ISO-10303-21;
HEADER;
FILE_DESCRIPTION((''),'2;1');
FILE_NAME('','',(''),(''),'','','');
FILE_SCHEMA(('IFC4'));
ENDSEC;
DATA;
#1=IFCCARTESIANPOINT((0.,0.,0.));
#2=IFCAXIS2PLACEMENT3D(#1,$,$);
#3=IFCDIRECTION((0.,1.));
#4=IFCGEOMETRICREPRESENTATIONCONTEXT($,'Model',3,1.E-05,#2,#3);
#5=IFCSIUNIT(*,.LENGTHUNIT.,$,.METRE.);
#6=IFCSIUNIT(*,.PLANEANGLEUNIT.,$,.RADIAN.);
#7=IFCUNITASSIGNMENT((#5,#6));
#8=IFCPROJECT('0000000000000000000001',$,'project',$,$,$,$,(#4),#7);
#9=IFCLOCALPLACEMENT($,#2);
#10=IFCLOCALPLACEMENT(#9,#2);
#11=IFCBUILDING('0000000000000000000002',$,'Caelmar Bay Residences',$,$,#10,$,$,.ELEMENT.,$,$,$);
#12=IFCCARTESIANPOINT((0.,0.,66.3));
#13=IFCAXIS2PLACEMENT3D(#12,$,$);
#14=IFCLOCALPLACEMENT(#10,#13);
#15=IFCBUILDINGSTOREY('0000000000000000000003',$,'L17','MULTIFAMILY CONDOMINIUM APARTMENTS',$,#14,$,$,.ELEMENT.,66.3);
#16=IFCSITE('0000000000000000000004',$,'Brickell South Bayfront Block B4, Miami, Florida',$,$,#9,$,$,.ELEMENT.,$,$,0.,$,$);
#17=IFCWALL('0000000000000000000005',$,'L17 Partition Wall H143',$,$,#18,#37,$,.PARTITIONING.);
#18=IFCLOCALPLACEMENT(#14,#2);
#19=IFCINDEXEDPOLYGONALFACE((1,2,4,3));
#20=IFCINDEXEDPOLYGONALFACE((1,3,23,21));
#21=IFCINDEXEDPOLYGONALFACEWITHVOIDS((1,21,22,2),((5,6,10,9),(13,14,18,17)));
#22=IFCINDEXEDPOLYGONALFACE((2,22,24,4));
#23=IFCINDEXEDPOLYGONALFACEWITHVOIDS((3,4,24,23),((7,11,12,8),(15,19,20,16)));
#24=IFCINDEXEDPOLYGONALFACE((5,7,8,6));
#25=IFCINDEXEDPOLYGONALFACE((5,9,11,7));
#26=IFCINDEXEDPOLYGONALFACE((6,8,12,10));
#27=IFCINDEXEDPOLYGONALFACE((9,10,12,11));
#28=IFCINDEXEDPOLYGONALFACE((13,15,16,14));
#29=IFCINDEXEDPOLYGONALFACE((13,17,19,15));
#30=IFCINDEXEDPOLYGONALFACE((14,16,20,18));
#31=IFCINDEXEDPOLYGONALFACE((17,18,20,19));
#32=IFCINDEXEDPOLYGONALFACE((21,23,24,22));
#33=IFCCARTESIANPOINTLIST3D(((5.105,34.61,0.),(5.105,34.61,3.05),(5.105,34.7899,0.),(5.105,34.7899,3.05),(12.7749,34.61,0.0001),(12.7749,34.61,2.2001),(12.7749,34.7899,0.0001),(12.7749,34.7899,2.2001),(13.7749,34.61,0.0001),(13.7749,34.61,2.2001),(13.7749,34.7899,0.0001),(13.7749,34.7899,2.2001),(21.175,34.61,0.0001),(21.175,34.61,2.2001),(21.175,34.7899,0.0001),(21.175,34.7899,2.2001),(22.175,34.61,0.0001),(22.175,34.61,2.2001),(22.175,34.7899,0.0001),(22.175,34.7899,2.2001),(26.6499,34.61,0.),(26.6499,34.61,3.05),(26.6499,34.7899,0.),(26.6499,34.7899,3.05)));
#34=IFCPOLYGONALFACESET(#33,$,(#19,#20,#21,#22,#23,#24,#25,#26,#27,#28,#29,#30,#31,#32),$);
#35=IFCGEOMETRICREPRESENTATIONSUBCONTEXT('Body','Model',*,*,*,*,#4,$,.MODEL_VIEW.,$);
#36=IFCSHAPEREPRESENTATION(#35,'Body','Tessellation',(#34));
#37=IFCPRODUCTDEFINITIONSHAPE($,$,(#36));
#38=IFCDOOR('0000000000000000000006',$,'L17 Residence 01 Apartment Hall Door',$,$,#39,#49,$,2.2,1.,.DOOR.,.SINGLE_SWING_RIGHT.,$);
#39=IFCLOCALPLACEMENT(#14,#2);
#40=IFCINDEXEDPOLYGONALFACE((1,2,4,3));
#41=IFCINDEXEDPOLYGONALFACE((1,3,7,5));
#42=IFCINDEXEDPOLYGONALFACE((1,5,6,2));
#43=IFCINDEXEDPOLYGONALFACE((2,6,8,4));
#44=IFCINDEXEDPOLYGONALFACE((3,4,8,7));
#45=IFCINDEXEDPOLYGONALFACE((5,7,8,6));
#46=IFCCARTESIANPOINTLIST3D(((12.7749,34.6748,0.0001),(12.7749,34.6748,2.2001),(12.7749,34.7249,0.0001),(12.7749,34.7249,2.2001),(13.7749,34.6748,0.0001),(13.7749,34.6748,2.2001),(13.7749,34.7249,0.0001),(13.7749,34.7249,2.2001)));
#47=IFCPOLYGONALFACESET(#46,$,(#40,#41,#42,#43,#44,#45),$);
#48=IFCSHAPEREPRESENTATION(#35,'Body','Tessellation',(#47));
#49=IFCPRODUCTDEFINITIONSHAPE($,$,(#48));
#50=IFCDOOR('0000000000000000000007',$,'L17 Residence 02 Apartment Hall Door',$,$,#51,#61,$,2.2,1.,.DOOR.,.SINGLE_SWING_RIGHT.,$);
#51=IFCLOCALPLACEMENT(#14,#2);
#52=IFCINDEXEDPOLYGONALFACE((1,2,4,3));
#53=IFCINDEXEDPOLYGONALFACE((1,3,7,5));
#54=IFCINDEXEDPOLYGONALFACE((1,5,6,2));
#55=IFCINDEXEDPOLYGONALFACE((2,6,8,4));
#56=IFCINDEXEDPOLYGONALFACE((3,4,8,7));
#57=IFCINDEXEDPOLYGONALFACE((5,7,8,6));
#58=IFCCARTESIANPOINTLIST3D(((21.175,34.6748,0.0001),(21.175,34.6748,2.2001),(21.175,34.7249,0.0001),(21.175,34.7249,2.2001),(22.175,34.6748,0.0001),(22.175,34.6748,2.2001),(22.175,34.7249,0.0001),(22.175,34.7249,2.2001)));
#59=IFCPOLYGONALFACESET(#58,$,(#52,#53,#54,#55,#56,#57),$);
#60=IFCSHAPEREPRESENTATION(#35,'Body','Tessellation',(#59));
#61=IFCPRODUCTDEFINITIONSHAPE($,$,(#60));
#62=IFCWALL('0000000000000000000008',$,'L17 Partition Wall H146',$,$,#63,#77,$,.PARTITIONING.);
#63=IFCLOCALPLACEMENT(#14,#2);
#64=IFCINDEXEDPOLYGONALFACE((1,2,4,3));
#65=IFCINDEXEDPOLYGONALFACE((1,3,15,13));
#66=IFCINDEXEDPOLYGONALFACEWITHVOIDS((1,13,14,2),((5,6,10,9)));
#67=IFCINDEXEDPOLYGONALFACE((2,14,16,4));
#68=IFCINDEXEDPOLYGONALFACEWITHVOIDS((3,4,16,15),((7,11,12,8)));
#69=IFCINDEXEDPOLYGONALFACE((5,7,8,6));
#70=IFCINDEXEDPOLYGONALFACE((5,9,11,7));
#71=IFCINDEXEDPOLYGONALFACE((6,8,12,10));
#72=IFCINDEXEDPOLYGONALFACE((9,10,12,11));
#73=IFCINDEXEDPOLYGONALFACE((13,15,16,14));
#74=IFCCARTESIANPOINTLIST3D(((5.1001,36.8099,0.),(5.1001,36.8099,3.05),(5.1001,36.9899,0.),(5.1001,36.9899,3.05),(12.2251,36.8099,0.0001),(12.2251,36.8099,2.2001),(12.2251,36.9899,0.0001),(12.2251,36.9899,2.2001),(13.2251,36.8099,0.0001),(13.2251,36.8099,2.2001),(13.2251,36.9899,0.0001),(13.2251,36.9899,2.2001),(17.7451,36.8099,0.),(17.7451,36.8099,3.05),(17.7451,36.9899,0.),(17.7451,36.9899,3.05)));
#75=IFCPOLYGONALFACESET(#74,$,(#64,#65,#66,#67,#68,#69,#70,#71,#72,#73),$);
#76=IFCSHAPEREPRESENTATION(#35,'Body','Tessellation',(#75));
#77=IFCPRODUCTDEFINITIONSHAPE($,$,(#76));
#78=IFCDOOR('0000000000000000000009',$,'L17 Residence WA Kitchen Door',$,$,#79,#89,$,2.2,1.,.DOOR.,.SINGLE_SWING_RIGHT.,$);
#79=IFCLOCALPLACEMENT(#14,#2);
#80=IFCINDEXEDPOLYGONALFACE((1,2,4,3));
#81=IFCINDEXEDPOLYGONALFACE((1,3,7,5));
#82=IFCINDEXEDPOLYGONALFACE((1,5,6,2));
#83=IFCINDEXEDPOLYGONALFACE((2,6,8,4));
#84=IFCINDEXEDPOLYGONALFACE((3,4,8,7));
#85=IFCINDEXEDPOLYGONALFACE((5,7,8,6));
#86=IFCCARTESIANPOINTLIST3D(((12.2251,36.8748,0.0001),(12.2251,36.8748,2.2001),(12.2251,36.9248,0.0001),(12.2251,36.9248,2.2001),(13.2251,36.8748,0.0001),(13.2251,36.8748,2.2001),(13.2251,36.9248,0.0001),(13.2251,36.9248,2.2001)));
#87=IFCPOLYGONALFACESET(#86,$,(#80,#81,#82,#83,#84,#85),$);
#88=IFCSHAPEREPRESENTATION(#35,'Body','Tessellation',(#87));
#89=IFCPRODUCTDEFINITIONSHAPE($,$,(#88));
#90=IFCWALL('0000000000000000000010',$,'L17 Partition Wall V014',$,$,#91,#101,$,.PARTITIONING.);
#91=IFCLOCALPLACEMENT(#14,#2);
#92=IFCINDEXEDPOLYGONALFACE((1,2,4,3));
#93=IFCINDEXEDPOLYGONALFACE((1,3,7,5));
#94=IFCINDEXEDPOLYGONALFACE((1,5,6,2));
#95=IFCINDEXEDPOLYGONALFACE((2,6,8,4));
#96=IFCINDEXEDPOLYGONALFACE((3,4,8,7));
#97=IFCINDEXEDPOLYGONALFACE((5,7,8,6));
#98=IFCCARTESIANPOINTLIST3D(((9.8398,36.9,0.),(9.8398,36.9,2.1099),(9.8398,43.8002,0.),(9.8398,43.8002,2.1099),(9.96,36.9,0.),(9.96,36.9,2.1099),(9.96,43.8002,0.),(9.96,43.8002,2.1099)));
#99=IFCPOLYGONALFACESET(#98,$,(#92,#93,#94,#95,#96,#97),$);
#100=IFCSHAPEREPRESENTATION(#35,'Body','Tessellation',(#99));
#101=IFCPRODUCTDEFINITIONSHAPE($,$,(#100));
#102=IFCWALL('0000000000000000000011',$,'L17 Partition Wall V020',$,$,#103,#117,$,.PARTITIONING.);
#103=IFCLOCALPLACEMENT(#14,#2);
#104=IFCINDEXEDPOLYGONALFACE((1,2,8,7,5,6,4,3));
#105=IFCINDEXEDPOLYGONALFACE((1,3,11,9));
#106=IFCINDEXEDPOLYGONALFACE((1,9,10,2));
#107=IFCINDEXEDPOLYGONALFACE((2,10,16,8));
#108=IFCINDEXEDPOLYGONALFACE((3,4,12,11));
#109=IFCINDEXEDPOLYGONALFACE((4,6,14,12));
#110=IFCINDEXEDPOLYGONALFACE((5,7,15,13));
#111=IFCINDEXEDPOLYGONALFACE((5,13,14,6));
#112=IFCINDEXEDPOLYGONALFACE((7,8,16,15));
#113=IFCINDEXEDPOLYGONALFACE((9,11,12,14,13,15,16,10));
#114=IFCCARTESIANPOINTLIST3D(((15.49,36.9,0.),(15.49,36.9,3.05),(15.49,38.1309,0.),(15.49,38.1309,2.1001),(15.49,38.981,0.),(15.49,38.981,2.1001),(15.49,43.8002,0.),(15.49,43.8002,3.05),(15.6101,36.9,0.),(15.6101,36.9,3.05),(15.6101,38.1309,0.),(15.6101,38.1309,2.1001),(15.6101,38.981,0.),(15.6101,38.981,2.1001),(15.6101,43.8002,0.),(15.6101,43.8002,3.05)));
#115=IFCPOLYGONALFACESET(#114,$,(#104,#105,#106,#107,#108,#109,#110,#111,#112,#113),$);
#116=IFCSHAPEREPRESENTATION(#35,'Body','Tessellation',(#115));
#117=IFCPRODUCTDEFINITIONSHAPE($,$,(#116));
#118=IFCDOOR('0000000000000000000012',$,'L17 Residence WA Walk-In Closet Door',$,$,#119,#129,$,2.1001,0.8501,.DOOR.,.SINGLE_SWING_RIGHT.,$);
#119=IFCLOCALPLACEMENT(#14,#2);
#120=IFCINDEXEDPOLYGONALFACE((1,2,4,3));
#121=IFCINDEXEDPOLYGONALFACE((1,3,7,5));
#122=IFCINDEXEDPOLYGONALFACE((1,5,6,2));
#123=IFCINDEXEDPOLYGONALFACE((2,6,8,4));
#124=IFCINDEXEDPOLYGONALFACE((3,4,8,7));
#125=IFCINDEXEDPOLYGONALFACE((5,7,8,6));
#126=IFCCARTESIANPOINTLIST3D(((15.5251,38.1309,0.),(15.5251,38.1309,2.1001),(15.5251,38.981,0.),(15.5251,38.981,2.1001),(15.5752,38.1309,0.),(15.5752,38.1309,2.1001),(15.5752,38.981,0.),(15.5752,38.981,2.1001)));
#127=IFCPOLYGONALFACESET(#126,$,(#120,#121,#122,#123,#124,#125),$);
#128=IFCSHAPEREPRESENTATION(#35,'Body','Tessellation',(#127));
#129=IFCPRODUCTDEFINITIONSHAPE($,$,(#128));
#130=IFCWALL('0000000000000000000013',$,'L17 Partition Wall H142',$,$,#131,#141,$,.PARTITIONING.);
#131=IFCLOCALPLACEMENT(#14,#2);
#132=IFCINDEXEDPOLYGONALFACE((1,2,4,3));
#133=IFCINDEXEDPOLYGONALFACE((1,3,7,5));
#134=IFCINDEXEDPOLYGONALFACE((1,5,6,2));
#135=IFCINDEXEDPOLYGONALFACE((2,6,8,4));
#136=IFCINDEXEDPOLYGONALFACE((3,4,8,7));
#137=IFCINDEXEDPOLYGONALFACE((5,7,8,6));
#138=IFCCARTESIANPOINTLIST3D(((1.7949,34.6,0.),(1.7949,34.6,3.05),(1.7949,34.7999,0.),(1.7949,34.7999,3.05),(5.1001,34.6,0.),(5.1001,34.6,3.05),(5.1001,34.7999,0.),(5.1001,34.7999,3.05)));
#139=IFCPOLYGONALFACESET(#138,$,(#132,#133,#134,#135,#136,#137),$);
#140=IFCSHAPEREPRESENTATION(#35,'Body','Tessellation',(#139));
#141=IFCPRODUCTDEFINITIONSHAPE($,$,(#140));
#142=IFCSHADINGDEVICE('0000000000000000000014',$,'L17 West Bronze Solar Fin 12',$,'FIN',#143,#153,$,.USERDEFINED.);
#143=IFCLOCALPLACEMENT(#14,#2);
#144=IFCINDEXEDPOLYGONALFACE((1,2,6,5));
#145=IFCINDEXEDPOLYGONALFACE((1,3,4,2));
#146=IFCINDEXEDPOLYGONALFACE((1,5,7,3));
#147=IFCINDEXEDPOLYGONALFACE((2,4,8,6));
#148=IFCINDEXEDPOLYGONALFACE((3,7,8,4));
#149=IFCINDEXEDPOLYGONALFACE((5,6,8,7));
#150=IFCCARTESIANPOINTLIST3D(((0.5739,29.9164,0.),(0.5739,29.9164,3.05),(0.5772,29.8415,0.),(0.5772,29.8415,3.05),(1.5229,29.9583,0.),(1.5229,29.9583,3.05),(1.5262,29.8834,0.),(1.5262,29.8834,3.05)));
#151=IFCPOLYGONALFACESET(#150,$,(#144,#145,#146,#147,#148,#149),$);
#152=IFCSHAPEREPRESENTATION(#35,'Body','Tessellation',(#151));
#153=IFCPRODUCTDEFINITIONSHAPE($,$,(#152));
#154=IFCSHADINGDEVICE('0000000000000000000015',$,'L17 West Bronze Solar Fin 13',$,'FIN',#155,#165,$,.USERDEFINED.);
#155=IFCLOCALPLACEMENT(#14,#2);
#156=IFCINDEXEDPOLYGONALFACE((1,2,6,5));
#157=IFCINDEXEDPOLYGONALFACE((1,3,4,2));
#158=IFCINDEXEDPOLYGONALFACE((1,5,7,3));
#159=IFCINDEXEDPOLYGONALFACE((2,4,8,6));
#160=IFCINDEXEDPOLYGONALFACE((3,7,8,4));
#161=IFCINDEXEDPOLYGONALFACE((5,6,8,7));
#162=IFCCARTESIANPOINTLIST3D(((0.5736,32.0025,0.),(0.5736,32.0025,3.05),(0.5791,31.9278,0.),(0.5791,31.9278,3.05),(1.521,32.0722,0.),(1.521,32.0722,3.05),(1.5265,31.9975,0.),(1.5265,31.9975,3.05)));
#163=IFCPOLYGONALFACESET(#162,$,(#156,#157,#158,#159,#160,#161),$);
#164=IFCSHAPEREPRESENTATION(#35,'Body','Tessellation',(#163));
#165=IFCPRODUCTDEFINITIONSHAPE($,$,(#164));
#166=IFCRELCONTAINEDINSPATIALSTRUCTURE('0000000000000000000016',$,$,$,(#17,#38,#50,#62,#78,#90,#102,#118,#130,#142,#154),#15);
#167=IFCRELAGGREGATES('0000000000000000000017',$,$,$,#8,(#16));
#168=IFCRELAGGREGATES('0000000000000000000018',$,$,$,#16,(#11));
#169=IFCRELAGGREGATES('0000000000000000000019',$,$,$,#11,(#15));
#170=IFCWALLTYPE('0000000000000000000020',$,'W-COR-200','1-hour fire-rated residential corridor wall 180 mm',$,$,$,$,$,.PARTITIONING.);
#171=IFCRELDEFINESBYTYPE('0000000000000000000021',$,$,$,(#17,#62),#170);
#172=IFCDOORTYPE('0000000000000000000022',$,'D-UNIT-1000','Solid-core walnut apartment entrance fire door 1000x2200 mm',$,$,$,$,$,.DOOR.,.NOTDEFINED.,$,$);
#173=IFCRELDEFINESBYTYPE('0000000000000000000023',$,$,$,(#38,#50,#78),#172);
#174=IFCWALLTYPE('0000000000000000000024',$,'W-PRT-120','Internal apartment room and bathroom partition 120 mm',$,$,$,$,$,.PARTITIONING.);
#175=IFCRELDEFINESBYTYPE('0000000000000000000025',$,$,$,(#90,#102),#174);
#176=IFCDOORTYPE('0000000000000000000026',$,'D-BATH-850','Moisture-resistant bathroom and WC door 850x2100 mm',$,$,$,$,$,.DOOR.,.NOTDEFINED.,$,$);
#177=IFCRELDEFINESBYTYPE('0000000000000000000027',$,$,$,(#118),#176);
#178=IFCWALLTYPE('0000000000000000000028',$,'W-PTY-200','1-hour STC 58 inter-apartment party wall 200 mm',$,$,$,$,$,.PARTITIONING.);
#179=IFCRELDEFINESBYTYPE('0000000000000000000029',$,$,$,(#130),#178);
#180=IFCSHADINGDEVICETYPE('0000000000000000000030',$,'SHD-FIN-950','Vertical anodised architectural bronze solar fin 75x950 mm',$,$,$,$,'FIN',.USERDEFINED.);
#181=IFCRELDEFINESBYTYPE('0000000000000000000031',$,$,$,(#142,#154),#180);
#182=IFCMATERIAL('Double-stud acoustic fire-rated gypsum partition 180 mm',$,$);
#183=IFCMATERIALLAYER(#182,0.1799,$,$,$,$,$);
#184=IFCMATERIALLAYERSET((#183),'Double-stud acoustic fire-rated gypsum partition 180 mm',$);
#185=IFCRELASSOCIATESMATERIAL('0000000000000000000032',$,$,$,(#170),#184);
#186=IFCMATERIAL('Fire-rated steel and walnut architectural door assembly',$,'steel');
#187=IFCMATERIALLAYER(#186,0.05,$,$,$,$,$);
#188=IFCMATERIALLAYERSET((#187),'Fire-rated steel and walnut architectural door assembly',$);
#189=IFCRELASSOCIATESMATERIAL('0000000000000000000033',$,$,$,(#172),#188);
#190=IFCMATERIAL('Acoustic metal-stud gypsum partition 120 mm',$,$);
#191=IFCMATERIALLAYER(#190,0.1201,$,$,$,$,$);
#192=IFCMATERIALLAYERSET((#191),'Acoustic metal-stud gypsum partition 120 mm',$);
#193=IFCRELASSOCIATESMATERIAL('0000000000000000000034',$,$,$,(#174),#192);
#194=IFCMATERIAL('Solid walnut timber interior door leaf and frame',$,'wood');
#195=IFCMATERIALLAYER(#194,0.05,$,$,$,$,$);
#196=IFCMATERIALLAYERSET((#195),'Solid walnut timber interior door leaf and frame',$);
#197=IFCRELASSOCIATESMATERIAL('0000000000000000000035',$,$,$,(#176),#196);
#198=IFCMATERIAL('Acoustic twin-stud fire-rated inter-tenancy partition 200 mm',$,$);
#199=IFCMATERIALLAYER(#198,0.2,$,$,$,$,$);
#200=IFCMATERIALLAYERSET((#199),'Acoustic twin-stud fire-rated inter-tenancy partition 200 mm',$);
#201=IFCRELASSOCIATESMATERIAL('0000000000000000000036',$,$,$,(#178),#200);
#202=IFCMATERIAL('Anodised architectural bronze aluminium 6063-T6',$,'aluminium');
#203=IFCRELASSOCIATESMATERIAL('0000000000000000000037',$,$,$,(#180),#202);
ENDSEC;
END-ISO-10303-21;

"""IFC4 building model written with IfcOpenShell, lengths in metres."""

from ifc_helpers import new_model, si_unit, direction, frame, frame_2d, origin, origin_2d, place, context, subcontext, project, spatial, rectangle, extrude, material, layer, layer_set, material_profile, profile_set, type_object, element, fill, save


model = new_model("IFC4")

# Units and contexts
model_context = context("Model", 3, precision=1e-05, world=origin(), true_north=direction((0.0, 1.0)))
body_context = subcontext(model_context, "Body", "Model", "MODEL_VIEW")
ifc_project = project(units=[si_unit("LENGTHUNIT", "METRE"), si_unit("PLANEANGLEUNIT", "RADIAN")], contexts=[model_context])

# Site, building, storey
site_placement = place(None, origin())
site = spatial("IfcSite", under=ifc_project, at=site_placement, Name="Brickell South Bayfront Block B4, Miami, Florida", CompositionType="ELEMENT", RefElevation=0.0)
building_placement = place(site_placement, origin())
building = spatial("IfcBuilding", under=site, at=building_placement, Name="Caelmar Bay Residences", CompositionType="ELEMENT")
storey_placement = place(building_placement, frame((0.0, 0.0, 66.3)))
storey = spatial("IfcBuildingStorey", under=building, at=storey_placement, Name="L17", Description="MULTIFAMILY CONDOMINIUM APARTMENTS", CompositionType="ELEMENT", Elevation=66.3)

# Shared definitions
ifc_material_1 = material(Name="Fire-rated steel and walnut architectural door assembly", Category="steel")

# Shared definitions
ifc_material_2 = material(Name="Double-stud acoustic fire-rated gypsum partition 180 mm")
ifc_layer_1 = layer(ifc_material_2, 0.1799)
ifc_layer_set_1 = layer_set([ifc_layer_1], Name="Double-stud acoustic fire-rated gypsum partition 180 mm")
wall_type_1 = type_object("IfcWallType", Name="W-COR-200", Description="1-hour fire-rated residential corridor wall 180 mm", PredefinedType="PARTITIONING", material=ifc_layer_set_1)

# Wall, openings, doors
wall_1_placement = place(storey_placement, frame((5.105, 34.7, 0.0), z_axis=(0.0, 0.0, 1.0), x_axis=(1.0, 0.0, 0.0)))
wall_1 = element("IfcWall", 1, at=wall_1_placement, inside=storey, type_object=wall_type_1, Name="L17 Partition Wall H143", PredefinedType="PARTITIONING", context=body_context, shape_type="SweptSolid", body=[
    extrude(rectangle(XDim=21.5449, YDim=0.1799, at=frame_2d((10.7725, 0.0))), origin(), (0.0, 0.0, 1.0), 3.05),
])
opening_1_placement = place(wall_1_placement, frame((7.6699, 0.0, 0.0)))
opening_1 = element("IfcOpeningElement", 2, at=opening_1_placement, cuts=wall_1, PredefinedType="OPENING", context=body_context, shape_type="SweptSolid", body=[
    extrude(rectangle(XDim=1.0, YDim=2.2, at=frame_2d((0.5, 1.1001))), frame((0.0, 0.0999, 0.0), z_axis=(0.0, -1.0, 0.0), x_axis=(1.0, 0.0, 0.0)), (0.0, 0.0, 1.0), 0.2),
])
opening_2_placement = place(wall_1_placement, frame((16.0701, 0.0, 0.0)))
opening_2 = element("IfcOpeningElement", 3, at=opening_2_placement, cuts=wall_1, PredefinedType="OPENING", context=body_context, shape_type="SweptSolid", body=[
    extrude(rectangle(XDim=1.0, YDim=2.2, at=frame_2d((0.5, 1.1001))), frame((0.0, 0.0999, 0.0), z_axis=(0.0, -1.0, 0.0), x_axis=(1.0, 0.0, 0.0)), (0.0, 0.0, 1.0), 0.2),
])
ifc_layer_2 = layer(ifc_material_1, 0.05)
ifc_layer_set_2 = layer_set([ifc_layer_2], Name="Fire-rated steel and walnut architectural door assembly")
door_type_1 = type_object("IfcDoorType", Name="D-UNIT-1000", Description="Solid-core walnut apartment entrance fire door 1000x2200 mm", OperationType="NOTDEFINED", PredefinedType="DOOR", material=ifc_layer_set_2)
door_1_placement = place(opening_1_placement, origin())
door_1 = element("IfcDoor", 4, at=door_1_placement, inside=storey, type_object=door_type_1, Name="L17 Residence 01 Apartment Hall Door", OperationType="SINGLE_SWING_RIGHT", OverallHeight=2.2, OverallWidth=1.0, PredefinedType="DOOR", context=body_context, shape_type="SweptSolid", body=[
    extrude(rectangle(XDim=1.0, YDim=2.2, at=frame_2d((0.5, 1.1001))), frame((0.0, 0.0249, 0.0), z_axis=(0.0, -1.0, 0.0), x_axis=(1.0, 0.0, 0.0)), (0.0, 0.0, 1.0), 0.05),
])
fill(opening_1, door_1)
door_2_placement = place(opening_2_placement, origin())
door_2 = element("IfcDoor", 5, at=door_2_placement, inside=storey, type_object=door_type_1, Name="L17 Residence 02 Apartment Hall Door", OperationType="SINGLE_SWING_RIGHT", OverallHeight=2.2, OverallWidth=1.0, PredefinedType="DOOR", context=body_context, shape_type="SweptSolid", body=[
    extrude(rectangle(XDim=1.0, YDim=2.2, at=frame_2d((0.5, 1.1001))), frame((0.0, 0.0249, 0.0), z_axis=(0.0, -1.0, 0.0), x_axis=(1.0, 0.0, 0.0)), (0.0, 0.0, 1.0), 0.05),
])
fill(opening_2, door_2)

# Wall, opening, door
wall_2_placement = place(storey_placement, frame((5.1001, 36.8999, 0.0), z_axis=(0.0, 0.0, 1.0), x_axis=(1.0, 0.0, 0.0)))
wall_2 = element("IfcWall", 6, at=wall_2_placement, inside=storey, type_object=wall_type_1, Name="L17 Partition Wall H146", PredefinedType="PARTITIONING", context=body_context, shape_type="SweptSolid", body=[
    extrude(rectangle(XDim=12.645, YDim=0.1799, at=frame_2d((6.3225, 0.0))), origin(), (0.0, 0.0, 1.0), 3.05),
])
opening_3_placement = place(wall_2_placement, frame((7.125, 0.0, 0.0)))
opening_3 = element("IfcOpeningElement", 7, at=opening_3_placement, cuts=wall_2, PredefinedType="OPENING", context=body_context, shape_type="SweptSolid", body=[
    extrude(rectangle(XDim=1.0, YDim=2.2, at=frame_2d((0.5, 1.1001))), frame((0.0, 0.0999, 0.0), z_axis=(0.0, -1.0, 0.0), x_axis=(1.0, 0.0, 0.0)), (0.0, 0.0, 1.0), 0.2),
])
door_3_placement = place(opening_3_placement, origin())
door_3 = element("IfcDoor", 8, at=door_3_placement, inside=storey, type_object=door_type_1, Name="L17 Residence WA Kitchen Door", OperationType="SINGLE_SWING_RIGHT", OverallHeight=2.2, OverallWidth=1.0, PredefinedType="DOOR", context=body_context, shape_type="SweptSolid", body=[
    extrude(rectangle(XDim=1.0, YDim=2.2, at=frame_2d((0.5, 1.1001))), frame((0.0, 0.0249, 0.0), z_axis=(0.0, -1.0, 0.0), x_axis=(1.0, 0.0, 0.0)), (0.0, 0.0, 1.0), 0.05),
])
fill(opening_3, door_3)

# Wall
ifc_material_3 = material(Name="Acoustic metal-stud gypsum partition 120 mm")
ifc_layer_3 = layer(ifc_material_3, 0.1201)
ifc_layer_set_3 = layer_set([ifc_layer_3], Name="Acoustic metal-stud gypsum partition 120 mm")
wall_type_2 = type_object("IfcWallType", Name="W-PRT-120", Description="Internal apartment room and bathroom partition 120 mm", PredefinedType="PARTITIONING", material=ifc_layer_set_3)
wall_3_placement = place(storey_placement, frame((9.8999, 36.8999, 0.0), z_axis=(0.0, 0.0, 1.0), x_axis=(0.0, 1.0, 0.0)))
element("IfcWall", 9, at=wall_3_placement, inside=storey, type_object=wall_type_2, Name="L17 Partition Wall V014", PredefinedType="PARTITIONING", context=body_context, shape_type="SweptSolid", body=[
    extrude(rectangle(XDim=6.9001, YDim=0.1201, at=frame_2d((3.4502, 0.0))), origin(), (0.0, 0.0, 1.0), 2.1099),
])

# Wall, opening, door
wall_4_placement = place(storey_placement, frame((15.55, 36.8999, 0.0), z_axis=(0.0, 0.0, 1.0), x_axis=(0.0, 1.0, 0.0)))
wall_4 = element("IfcWall", 10, at=wall_4_placement, inside=storey, type_object=wall_type_2, Name="L17 Partition Wall V020", PredefinedType="PARTITIONING", context=body_context, shape_type="SweptSolid", body=[
    extrude(rectangle(XDim=6.9001, YDim=0.1201, at=frame_2d((3.4502, 0.0))), origin(), (0.0, 0.0, 1.0), 3.05),
])
opening_4_placement = place(wall_4_placement, frame((1.231, 0.0, 0.0)))
opening_4 = element("IfcOpeningElement", 11, at=opening_4_placement, cuts=wall_4, PredefinedType="OPENING", context=body_context, shape_type="SweptSolid", body=[
    extrude(rectangle(XDim=0.8501, YDim=2.1001, at=frame_2d((0.425, 1.05))), frame((0.0, 0.0701, 0.0), z_axis=(0.0, -1.0, 0.0), x_axis=(1.0, 0.0, 0.0)), (0.0, 0.0, 1.0), 0.1401),
])
ifc_material_4 = material(Name="Solid walnut timber interior door leaf and frame", Category="wood")
ifc_layer_4 = layer(ifc_material_4, 0.05)
ifc_layer_set_4 = layer_set([ifc_layer_4], Name="Solid walnut timber interior door leaf and frame")
door_type_2 = type_object("IfcDoorType", Name="D-BATH-850", Description="Moisture-resistant bathroom and WC door 850x2100 mm", OperationType="NOTDEFINED", PredefinedType="DOOR", material=ifc_layer_set_4)
door_4_placement = place(opening_4_placement, origin())
door_4 = element("IfcDoor", 12, at=door_4_placement, inside=storey, type_object=door_type_2, Name="L17 Residence WA Walk-In Closet Door", OperationType="SINGLE_SWING_RIGHT", OverallHeight=2.1001, OverallWidth=0.8501, PredefinedType="DOOR", context=body_context, shape_type="SweptSolid", body=[
    extrude(rectangle(XDim=0.8501, YDim=2.1001, at=frame_2d((0.425, 1.05))), frame((0.0, 0.0249, 0.0), z_axis=(0.0, -1.0, 0.0), x_axis=(1.0, 0.0, 0.0)), (0.0, 0.0, 1.0), 0.05),
])
fill(opening_4, door_4)

# Wall
ifc_material_5 = material(Name="Acoustic twin-stud fire-rated inter-tenancy partition 200 mm")
ifc_layer_5 = layer(ifc_material_5, 0.2)
ifc_layer_set_5 = layer_set([ifc_layer_5], Name="Acoustic twin-stud fire-rated inter-tenancy partition 200 mm")
wall_type_3 = type_object("IfcWallType", Name="W-PTY-200", Description="1-hour STC 58 inter-apartment party wall 200 mm", PredefinedType="PARTITIONING", material=ifc_layer_set_5)
wall_5_placement = place(storey_placement, frame((1.7949, 34.7, 0.0), z_axis=(0.0, 0.0, 1.0), x_axis=(1.0, 0.0, 0.0)))
element("IfcWall", 13, at=wall_5_placement, inside=storey, type_object=wall_type_3, Name="L17 Partition Wall H142", PredefinedType="PARTITIONING", context=body_context, shape_type="SweptSolid", body=[
    extrude(rectangle(XDim=3.3052, YDim=0.2, at=frame_2d((1.6526, 0.0))), origin(), (0.0, 0.0, 1.0), 3.05),
])

# Shading devices
ifc_material_6 = material(Name="Anodised architectural bronze aluminium 6063-T6", Category="aluminium")
ifc_material_profile_1 = material_profile(ifc_material_6, rectangle(XDim=0.075, YDim=0.95, at=origin_2d()), Name="BRONZE-FIN-75X950")
ifc_profile_set_1 = profile_set([ifc_material_profile_1], Name="Anodised architectural bronze aluminium 6063-T6")
shading_device_type = type_object("IfcShadingDeviceType", Name="SHD-FIN-950", Description="Vertical anodised architectural bronze solar fin 75x950 mm", ElementType="FIN", PredefinedType="USERDEFINED", material=ifc_profile_set_1)
for number, where, z_axis, x_axis, name in (
    (14, (1.05, 29.8999, 0.0), (0.0, 0.0, 1.0), (-0.044142, 0.999025, 0.0), "L17 West Bronze Solar Fin 12"),
    (15, (1.05, 32.0, 0.0), (0.0, 0.0, 1.0), (-0.073412, 0.997302, 0.0), "L17 West Bronze Solar Fin 13"),
):
    element("IfcShadingDevice", number, at=place(storey_placement, frame(where, z_axis=z_axis, x_axis=x_axis)), inside=storey, type_object=shading_device_type, Name=name, ObjectType="FIN", PredefinedType="USERDEFINED", context=body_context, shape_type="SweptSolid", body=[
        extrude(rectangle(XDim=0.075, YDim=0.95, at=origin_2d()), origin(), (0.0, 0.0, 1.0), 3.05),
    ])

save(model, "model.ifc")
